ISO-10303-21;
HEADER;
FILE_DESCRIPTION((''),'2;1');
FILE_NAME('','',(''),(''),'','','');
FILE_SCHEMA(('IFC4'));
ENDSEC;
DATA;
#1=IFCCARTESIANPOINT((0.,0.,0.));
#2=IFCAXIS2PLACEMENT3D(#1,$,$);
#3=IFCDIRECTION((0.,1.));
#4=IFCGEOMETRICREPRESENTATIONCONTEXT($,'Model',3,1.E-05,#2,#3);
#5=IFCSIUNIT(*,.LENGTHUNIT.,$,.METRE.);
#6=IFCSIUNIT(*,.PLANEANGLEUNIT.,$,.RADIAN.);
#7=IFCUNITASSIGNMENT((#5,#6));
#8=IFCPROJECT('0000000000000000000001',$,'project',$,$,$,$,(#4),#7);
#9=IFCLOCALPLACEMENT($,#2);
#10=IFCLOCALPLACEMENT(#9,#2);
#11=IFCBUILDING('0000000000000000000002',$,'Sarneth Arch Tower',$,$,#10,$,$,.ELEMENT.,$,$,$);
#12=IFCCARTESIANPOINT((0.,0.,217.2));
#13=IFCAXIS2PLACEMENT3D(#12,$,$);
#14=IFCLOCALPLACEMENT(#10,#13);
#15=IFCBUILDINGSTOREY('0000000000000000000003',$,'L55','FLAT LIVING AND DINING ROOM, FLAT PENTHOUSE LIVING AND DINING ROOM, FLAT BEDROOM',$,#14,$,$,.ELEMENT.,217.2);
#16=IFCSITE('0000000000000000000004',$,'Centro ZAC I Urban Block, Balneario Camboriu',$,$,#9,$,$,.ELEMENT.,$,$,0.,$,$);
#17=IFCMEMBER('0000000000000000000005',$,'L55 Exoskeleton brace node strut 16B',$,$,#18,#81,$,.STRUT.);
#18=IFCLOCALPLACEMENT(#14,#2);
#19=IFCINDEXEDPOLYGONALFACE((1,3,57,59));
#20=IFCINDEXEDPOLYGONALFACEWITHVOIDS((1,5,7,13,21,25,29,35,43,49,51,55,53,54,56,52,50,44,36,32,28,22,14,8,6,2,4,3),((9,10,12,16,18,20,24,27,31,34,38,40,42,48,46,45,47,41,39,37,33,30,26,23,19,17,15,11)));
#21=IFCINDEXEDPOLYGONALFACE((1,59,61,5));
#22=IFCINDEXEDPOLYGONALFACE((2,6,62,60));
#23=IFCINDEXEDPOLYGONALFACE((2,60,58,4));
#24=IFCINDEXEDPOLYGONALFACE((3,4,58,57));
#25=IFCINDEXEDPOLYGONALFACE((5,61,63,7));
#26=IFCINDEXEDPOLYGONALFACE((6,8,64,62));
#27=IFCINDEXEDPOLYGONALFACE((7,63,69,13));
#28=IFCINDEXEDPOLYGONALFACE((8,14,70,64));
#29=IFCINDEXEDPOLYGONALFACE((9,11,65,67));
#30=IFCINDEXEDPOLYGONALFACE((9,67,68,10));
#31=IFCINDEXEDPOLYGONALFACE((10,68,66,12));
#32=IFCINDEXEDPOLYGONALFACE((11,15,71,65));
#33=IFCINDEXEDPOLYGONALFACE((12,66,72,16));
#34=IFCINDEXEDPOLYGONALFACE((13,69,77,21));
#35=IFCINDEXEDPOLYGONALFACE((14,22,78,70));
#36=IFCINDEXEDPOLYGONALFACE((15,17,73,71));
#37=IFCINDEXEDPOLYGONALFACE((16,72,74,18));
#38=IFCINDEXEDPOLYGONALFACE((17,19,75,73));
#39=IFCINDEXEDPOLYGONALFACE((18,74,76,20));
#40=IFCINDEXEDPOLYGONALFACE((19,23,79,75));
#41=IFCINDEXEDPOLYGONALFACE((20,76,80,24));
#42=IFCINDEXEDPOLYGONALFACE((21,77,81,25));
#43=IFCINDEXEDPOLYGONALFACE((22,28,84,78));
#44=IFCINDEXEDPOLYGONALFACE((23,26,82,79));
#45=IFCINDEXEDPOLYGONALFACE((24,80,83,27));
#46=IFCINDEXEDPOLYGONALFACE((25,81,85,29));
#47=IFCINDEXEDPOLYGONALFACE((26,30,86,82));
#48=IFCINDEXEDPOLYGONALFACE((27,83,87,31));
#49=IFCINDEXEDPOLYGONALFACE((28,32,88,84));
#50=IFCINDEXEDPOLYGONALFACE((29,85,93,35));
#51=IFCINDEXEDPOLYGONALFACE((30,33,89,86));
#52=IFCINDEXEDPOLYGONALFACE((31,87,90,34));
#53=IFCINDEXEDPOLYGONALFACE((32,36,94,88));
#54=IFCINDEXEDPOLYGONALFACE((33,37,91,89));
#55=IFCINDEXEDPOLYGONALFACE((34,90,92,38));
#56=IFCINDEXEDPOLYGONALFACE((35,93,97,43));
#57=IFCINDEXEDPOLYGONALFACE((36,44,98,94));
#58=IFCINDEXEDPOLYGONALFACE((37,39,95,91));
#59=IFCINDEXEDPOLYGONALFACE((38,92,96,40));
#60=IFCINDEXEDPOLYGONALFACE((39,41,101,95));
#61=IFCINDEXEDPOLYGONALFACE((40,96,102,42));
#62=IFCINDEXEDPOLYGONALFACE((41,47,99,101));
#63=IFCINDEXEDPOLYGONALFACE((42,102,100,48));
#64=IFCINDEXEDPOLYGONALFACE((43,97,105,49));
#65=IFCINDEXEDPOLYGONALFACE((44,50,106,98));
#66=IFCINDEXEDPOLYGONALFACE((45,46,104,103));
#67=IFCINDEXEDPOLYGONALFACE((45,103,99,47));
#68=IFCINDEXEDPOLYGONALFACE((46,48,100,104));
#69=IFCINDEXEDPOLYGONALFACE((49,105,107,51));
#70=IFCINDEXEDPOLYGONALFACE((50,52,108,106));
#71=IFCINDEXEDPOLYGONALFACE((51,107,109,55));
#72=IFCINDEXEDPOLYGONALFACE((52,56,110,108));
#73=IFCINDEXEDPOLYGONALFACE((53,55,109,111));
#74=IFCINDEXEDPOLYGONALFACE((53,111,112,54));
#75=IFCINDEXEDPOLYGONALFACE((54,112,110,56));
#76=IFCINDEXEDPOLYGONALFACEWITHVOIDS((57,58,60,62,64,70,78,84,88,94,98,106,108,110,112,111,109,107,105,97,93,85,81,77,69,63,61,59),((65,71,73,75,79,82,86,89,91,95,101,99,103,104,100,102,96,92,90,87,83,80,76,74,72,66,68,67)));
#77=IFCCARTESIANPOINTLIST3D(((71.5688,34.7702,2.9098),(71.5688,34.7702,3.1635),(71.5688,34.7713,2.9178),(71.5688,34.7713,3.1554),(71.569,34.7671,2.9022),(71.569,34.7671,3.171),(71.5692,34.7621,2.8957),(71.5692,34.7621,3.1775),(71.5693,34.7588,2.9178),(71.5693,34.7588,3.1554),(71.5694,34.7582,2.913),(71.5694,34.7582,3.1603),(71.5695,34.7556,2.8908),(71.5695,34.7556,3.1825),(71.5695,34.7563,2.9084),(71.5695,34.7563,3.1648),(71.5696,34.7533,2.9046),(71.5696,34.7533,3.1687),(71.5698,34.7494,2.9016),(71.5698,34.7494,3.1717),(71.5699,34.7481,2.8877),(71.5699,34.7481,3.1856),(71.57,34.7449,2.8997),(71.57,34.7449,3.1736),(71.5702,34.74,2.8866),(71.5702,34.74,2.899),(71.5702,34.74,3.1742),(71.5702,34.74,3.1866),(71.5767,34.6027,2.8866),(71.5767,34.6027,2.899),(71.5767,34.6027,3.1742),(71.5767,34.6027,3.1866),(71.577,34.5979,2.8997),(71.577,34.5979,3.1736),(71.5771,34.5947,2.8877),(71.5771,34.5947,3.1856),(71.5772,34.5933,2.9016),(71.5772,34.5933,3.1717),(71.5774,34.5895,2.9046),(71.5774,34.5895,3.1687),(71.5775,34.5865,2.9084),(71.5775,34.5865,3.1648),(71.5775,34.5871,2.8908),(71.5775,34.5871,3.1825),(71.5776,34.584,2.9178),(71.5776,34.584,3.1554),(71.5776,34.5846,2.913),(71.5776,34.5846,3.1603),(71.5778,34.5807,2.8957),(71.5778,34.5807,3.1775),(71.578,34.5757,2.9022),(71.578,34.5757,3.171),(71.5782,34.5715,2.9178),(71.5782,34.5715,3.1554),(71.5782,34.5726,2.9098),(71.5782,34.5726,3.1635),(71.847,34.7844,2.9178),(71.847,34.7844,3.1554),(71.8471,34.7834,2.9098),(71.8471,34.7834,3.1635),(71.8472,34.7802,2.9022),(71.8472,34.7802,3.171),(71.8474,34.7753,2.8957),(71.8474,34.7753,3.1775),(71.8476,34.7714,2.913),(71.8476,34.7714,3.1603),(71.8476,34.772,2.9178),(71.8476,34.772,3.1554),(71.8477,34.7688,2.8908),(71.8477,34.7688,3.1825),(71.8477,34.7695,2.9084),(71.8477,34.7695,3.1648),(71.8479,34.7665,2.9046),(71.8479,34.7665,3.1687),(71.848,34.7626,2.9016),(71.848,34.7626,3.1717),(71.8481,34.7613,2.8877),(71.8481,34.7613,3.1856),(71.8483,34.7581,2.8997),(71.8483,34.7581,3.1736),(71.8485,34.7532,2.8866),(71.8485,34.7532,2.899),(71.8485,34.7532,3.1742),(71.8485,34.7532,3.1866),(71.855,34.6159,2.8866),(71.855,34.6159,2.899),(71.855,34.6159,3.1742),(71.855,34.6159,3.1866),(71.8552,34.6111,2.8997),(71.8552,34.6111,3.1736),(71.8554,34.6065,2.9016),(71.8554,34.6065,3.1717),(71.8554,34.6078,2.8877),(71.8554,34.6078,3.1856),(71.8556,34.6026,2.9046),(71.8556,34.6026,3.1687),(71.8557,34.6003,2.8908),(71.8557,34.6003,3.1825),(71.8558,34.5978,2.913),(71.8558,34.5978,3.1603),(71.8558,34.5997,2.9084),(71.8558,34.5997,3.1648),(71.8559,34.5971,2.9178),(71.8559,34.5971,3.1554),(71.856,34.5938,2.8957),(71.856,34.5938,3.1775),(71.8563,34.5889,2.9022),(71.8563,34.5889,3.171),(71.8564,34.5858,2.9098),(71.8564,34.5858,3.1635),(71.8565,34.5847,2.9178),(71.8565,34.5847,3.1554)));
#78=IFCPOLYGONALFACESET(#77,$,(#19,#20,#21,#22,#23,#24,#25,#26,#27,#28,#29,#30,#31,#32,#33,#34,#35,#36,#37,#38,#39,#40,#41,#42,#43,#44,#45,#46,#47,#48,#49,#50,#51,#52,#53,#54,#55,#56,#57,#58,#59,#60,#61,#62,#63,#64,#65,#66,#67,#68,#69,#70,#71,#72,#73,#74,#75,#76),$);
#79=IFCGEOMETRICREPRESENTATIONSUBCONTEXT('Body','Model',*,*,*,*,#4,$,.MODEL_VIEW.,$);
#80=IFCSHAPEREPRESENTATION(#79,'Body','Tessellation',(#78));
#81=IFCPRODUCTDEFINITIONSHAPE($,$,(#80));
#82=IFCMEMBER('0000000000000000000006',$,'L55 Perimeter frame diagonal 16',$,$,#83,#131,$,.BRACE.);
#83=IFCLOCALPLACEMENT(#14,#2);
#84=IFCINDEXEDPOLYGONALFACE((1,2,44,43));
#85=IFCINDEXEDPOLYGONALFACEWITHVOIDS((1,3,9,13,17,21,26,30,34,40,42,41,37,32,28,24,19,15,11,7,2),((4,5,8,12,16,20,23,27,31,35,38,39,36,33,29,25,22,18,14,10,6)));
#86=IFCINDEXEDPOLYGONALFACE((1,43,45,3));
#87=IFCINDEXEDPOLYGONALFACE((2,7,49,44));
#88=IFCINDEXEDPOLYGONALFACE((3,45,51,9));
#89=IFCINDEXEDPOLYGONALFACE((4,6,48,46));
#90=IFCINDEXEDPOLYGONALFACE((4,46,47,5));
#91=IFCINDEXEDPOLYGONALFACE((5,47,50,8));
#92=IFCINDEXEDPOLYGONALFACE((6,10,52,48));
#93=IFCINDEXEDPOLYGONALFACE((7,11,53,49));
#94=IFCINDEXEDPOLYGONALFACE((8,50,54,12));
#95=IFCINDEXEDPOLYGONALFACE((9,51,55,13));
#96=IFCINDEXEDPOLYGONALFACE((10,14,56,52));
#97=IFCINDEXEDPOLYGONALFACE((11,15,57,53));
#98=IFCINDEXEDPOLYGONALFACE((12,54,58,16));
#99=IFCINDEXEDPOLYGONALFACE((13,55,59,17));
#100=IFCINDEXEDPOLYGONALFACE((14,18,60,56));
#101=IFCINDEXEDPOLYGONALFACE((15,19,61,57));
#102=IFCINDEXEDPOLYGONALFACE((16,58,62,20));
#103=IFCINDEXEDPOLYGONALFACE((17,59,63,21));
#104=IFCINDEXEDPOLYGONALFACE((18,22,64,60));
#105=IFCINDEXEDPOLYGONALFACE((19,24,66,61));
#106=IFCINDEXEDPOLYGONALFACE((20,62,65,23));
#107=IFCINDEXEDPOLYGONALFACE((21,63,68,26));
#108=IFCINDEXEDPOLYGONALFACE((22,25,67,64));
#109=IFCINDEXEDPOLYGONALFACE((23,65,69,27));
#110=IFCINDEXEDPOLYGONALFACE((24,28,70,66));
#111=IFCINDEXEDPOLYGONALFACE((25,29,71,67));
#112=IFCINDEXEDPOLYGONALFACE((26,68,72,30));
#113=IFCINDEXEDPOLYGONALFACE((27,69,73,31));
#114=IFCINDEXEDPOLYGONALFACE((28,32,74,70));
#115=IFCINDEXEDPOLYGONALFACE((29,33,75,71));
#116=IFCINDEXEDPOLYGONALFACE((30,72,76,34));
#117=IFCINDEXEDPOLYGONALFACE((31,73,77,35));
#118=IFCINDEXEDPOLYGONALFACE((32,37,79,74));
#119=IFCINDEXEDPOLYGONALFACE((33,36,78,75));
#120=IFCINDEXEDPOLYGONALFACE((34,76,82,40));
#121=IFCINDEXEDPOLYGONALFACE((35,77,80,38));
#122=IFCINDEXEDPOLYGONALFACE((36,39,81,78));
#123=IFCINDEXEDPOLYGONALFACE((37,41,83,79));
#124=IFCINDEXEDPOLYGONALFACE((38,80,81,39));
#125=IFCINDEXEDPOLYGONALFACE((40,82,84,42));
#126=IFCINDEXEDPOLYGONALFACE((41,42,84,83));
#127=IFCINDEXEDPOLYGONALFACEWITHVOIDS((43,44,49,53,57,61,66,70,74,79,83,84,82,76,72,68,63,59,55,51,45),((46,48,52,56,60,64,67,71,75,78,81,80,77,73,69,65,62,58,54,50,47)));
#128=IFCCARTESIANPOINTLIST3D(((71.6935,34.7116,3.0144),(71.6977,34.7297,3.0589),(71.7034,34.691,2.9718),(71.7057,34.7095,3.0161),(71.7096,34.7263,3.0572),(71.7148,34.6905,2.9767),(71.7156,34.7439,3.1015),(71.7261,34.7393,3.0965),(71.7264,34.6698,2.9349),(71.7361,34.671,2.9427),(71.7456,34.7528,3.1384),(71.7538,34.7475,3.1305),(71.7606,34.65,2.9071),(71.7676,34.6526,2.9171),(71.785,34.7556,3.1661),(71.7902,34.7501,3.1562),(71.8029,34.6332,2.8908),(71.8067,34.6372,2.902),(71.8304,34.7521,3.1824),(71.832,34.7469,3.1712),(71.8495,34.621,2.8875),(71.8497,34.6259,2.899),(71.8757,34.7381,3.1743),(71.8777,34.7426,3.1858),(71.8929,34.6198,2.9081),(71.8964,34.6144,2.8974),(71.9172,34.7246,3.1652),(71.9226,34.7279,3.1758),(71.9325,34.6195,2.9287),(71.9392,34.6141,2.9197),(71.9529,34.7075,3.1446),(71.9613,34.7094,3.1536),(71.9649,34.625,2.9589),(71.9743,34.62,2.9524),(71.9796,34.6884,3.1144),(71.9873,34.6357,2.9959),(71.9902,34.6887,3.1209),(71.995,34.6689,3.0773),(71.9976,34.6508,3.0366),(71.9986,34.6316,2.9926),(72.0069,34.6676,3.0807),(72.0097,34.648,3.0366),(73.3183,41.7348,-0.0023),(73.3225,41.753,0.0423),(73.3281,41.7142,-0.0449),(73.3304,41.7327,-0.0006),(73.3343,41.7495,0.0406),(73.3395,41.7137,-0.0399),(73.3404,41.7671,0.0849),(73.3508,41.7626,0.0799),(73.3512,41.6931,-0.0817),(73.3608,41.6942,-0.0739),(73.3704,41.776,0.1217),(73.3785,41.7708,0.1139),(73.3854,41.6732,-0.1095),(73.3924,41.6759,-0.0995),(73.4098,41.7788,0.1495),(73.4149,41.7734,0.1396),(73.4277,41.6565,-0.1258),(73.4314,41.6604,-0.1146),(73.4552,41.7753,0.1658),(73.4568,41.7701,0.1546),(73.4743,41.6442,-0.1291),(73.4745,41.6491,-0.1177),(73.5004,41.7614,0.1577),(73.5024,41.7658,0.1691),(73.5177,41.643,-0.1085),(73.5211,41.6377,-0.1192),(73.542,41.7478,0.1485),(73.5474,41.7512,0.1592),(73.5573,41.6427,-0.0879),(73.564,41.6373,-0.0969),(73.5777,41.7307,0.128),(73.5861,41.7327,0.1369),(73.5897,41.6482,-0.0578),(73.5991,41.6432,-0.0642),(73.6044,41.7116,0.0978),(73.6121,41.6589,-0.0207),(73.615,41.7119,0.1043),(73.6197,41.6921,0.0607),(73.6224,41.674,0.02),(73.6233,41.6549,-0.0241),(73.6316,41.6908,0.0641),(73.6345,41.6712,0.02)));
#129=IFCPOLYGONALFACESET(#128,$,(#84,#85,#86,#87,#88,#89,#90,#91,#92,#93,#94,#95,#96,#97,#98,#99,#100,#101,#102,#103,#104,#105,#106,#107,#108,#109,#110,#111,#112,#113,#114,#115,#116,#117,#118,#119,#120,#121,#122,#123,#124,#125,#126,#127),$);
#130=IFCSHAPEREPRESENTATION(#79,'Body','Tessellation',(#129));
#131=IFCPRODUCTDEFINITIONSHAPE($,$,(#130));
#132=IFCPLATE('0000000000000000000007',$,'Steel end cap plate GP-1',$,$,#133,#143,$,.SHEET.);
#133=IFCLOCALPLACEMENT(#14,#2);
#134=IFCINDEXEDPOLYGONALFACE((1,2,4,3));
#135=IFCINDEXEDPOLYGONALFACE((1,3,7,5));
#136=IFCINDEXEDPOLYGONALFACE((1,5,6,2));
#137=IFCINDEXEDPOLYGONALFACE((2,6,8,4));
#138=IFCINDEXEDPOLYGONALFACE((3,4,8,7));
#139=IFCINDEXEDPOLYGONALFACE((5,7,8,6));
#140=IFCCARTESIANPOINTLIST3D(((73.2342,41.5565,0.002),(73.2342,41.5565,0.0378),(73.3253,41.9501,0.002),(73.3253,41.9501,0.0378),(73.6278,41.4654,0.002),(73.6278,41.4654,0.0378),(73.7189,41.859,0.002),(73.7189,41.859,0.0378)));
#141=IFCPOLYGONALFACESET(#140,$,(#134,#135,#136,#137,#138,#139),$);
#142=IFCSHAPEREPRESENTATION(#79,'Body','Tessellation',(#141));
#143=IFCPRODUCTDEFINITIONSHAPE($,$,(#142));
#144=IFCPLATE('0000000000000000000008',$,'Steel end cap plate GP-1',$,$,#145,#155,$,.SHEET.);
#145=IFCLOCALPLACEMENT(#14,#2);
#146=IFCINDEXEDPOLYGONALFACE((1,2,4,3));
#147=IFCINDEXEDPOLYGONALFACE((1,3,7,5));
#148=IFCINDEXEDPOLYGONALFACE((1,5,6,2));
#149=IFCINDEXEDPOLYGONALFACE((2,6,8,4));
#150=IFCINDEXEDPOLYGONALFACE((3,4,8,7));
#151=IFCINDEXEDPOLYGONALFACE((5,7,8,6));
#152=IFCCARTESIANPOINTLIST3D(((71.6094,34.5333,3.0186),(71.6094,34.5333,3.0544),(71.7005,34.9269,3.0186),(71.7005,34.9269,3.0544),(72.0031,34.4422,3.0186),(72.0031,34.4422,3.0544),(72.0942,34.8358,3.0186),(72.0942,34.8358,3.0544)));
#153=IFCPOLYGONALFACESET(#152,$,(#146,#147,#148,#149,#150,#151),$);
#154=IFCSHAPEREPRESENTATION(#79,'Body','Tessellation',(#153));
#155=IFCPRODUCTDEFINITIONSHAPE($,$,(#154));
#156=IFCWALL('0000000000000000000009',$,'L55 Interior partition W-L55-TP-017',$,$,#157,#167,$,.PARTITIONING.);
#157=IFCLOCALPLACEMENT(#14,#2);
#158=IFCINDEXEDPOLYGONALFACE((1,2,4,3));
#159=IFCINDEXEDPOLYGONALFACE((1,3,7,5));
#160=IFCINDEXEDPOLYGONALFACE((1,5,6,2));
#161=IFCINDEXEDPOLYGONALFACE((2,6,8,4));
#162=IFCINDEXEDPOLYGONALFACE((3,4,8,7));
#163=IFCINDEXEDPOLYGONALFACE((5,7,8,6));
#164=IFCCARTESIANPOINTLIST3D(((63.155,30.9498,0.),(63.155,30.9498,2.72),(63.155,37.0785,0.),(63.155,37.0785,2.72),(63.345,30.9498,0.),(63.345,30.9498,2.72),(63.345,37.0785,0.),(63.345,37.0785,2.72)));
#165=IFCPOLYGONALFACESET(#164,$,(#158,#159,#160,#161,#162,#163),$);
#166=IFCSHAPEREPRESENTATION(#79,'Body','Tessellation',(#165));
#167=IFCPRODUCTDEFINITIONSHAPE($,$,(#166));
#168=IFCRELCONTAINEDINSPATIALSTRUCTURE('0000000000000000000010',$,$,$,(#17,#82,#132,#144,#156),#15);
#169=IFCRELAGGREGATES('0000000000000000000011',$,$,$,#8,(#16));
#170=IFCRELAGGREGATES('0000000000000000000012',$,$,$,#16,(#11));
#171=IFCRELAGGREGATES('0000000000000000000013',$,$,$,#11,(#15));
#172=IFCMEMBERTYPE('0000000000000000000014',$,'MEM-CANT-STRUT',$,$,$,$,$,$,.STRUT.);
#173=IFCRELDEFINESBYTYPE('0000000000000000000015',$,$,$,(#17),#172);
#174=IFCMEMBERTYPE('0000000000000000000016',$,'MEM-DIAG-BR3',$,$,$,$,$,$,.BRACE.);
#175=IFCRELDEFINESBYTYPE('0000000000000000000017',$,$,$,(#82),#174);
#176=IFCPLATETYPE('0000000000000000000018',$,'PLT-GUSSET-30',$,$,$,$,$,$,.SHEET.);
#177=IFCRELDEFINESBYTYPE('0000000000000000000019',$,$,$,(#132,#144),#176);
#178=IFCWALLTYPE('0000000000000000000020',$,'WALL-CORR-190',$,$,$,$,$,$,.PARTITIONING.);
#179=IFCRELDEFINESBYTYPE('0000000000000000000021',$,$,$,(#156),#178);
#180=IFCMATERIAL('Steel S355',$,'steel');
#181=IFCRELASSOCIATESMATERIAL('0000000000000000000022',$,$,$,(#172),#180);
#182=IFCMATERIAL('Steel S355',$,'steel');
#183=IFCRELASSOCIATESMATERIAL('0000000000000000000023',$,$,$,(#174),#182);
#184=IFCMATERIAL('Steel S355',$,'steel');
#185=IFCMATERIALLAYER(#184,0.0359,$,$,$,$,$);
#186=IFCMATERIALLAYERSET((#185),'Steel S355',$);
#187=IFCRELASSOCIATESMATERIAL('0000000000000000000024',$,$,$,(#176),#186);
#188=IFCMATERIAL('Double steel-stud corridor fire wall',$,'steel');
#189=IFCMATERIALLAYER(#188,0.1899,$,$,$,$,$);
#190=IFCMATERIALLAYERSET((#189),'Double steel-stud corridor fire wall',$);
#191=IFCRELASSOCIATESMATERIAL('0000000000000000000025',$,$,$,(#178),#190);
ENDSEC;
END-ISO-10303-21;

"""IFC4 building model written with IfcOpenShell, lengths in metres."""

from ifc_helpers import new_model, si_unit, direction, frame, frame_2d, origin, origin_2d, place, context, subcontext, project, spatial, rectangle, hollow_rectangle, hollow_circle, extrude, material, layer, layer_set, material_profile, profile_set, type_object, element, save


model = new_model("IFC4")

# Units and contexts
model_context = context("Model", 3, precision=1e-05, world=origin(), true_north=direction((0.0, 1.0)))
body_context = subcontext(model_context, "Body", "Model", "MODEL_VIEW")
ifc_project = project(units=[si_unit("LENGTHUNIT", "METRE"), si_unit("PLANEANGLEUNIT", "RADIAN")], contexts=[model_context])

# Site, building, storey
site_placement = place(None, origin())
site = spatial("IfcSite", under=ifc_project, at=site_placement, Name="Centro ZAC I Urban Block, Balneario Camboriu", CompositionType="ELEMENT", RefElevation=0.0)
building_placement = place(site_placement, origin())
building = spatial("IfcBuilding", under=site, at=building_placement, Name="Sarneth Arch Tower", CompositionType="ELEMENT")
storey_placement = place(building_placement, frame((0.0, 0.0, 217.2)))
storey = spatial("IfcBuildingStorey", under=building, at=storey_placement, Name="L55", Description="FLAT LIVING AND DINING ROOM, FLAT PENTHOUSE LIVING AND DINING ROOM, FLAT BEDROOM", CompositionType="ELEMENT", Elevation=217.2)

# Members
ifc_material_1 = material(Name="Steel S355", Category="steel")
ifc_material_profile_1 = material_profile(ifc_material_1, hollow_rectangle(XDim=0.2, YDim=0.3, WallThickness=0.0125, InnerFilletRadius=0.0188, OuterFilletRadius=0.0312, at=origin_2d()), Name="RHS300x200x12.5")
ifc_profile_set_1 = profile_set([ifc_material_profile_1], Name="Steel S355")
member_type_1 = type_object("IfcMemberType", Name="MEM-CANT-STRUT", PredefinedType="STRUT", material=ifc_profile_set_1)
member_1_placement = place(storey_placement, frame((71.5735, 34.6714, 3.0366), z_axis=(0.99888, 0.047315, 0.0), x_axis=(-0.047315, 0.99888, 0.0)))
element("IfcMember", 1, at=member_1_placement, inside=storey, type_object=member_type_1, Name="L55 Exoskeleton brace node strut 16B", PredefinedType="STRUT", context=body_context, shape_type="SweptSolid", body=[
    extrude(hollow_rectangle(XDim=0.2, YDim=0.3, WallThickness=0.0125, InnerFilletRadius=0.0188, OuterFilletRadius=0.0312, at=origin_2d()), origin(), (0.0, 0.0, 1.0), 0.2786),
])
ifc_material_2 = material(Name="Steel S355", Category="steel")
ifc_material_profile_2 = material_profile(ifc_material_2, hollow_circle(Radius=0.1621, WallThickness=0.0125, at=origin_2d()), Name="CHS324x12.5")
ifc_profile_set_2 = profile_set([ifc_material_profile_2], Name="Steel S355")
member_type_2 = type_object("IfcMemberType", Name="MEM-DIAG-BR3", PredefinedType="BRACE", material=ifc_profile_set_2)
member_2_placement = place(storey_placement, frame((73.4766, 41.7078, 0.02), z_axis=(-0.207918, -0.898749, 0.386031), x_axis=(0.974269, -0.225389, 0.0)))
element("IfcMember", 2, at=member_2_placement, inside=storey, type_object=member_type_2, Name="L55 Perimeter frame diagonal 16", PredefinedType="BRACE", context=body_context, shape_type="SweptSolid", body=[
    extrude(hollow_circle(Radius=0.1621, WallThickness=0.0125, at=origin_2d()), origin(), (0.0, 0.0, 1.0), 7.8145),
])

# Plates
ifc_material_3 = material(Name="Steel S355", Category="steel")
ifc_layer_1 = layer(ifc_material_3, 0.0359)
ifc_layer_set_1 = layer_set([ifc_layer_1], Name="Steel S355")
plate_type = type_object("IfcPlateType", Name="PLT-GUSSET-30", PredefinedType="SHEET", material=ifc_layer_set_1)
for number, where, z_axis, x_axis, name in (
    (3, (73.4766, 41.7078, 0.002), (0.0, 0.0, 1.0), (0.225461, 0.974252, 0.0), "Steel end cap plate GP-1"),
    (4, (71.8518, 34.6846, 3.0186), (0.0, 0.0, 1.0), (0.225461, 0.974252, 0.0), "Steel end cap plate GP-1"),
):
    element("IfcPlate", number, at=place(storey_placement, frame(where, z_axis=z_axis, x_axis=x_axis)), inside=storey, type_object=plate_type, Name=name, PredefinedType="SHEET", context=body_context, shape_type="SweptSolid", body=[
        extrude(rectangle(XDim=0.4041, YDim=0.4041, at=origin_2d()), origin(), (0.0, 0.0, 1.0), 0.0359),
    ])

# Wall
ifc_material_4 = material(Name="Double steel-stud corridor fire wall", Category="steel")
ifc_layer_2 = layer(ifc_material_4, 0.1899)
ifc_layer_set_2 = layer_set([ifc_layer_2], Name="Double steel-stud corridor fire wall")
wall_type_1 = type_object("IfcWallType", Name="WALL-CORR-190", PredefinedType="PARTITIONING", material=ifc_layer_set_2)
wall_1_placement = place(storey_placement, frame((63.25, 37.0786, 0.0), z_axis=(0.0, 0.0, 1.0), x_axis=(0.0, -1.0, 0.0)))
element("IfcWall", 5, at=wall_1_placement, inside=storey, type_object=wall_type_1, Name="L55 Interior partition W-L55-TP-017", PredefinedType="PARTITIONING", context=body_context, shape_type="SweptSolid", body=[
    extrude(rectangle(XDim=6.1287, YDim=0.1899, at=frame_2d((3.0645, 0.0))), origin(), (0.0, 0.0, 1.0), 2.72),
])

save(model, "model.ifc")
